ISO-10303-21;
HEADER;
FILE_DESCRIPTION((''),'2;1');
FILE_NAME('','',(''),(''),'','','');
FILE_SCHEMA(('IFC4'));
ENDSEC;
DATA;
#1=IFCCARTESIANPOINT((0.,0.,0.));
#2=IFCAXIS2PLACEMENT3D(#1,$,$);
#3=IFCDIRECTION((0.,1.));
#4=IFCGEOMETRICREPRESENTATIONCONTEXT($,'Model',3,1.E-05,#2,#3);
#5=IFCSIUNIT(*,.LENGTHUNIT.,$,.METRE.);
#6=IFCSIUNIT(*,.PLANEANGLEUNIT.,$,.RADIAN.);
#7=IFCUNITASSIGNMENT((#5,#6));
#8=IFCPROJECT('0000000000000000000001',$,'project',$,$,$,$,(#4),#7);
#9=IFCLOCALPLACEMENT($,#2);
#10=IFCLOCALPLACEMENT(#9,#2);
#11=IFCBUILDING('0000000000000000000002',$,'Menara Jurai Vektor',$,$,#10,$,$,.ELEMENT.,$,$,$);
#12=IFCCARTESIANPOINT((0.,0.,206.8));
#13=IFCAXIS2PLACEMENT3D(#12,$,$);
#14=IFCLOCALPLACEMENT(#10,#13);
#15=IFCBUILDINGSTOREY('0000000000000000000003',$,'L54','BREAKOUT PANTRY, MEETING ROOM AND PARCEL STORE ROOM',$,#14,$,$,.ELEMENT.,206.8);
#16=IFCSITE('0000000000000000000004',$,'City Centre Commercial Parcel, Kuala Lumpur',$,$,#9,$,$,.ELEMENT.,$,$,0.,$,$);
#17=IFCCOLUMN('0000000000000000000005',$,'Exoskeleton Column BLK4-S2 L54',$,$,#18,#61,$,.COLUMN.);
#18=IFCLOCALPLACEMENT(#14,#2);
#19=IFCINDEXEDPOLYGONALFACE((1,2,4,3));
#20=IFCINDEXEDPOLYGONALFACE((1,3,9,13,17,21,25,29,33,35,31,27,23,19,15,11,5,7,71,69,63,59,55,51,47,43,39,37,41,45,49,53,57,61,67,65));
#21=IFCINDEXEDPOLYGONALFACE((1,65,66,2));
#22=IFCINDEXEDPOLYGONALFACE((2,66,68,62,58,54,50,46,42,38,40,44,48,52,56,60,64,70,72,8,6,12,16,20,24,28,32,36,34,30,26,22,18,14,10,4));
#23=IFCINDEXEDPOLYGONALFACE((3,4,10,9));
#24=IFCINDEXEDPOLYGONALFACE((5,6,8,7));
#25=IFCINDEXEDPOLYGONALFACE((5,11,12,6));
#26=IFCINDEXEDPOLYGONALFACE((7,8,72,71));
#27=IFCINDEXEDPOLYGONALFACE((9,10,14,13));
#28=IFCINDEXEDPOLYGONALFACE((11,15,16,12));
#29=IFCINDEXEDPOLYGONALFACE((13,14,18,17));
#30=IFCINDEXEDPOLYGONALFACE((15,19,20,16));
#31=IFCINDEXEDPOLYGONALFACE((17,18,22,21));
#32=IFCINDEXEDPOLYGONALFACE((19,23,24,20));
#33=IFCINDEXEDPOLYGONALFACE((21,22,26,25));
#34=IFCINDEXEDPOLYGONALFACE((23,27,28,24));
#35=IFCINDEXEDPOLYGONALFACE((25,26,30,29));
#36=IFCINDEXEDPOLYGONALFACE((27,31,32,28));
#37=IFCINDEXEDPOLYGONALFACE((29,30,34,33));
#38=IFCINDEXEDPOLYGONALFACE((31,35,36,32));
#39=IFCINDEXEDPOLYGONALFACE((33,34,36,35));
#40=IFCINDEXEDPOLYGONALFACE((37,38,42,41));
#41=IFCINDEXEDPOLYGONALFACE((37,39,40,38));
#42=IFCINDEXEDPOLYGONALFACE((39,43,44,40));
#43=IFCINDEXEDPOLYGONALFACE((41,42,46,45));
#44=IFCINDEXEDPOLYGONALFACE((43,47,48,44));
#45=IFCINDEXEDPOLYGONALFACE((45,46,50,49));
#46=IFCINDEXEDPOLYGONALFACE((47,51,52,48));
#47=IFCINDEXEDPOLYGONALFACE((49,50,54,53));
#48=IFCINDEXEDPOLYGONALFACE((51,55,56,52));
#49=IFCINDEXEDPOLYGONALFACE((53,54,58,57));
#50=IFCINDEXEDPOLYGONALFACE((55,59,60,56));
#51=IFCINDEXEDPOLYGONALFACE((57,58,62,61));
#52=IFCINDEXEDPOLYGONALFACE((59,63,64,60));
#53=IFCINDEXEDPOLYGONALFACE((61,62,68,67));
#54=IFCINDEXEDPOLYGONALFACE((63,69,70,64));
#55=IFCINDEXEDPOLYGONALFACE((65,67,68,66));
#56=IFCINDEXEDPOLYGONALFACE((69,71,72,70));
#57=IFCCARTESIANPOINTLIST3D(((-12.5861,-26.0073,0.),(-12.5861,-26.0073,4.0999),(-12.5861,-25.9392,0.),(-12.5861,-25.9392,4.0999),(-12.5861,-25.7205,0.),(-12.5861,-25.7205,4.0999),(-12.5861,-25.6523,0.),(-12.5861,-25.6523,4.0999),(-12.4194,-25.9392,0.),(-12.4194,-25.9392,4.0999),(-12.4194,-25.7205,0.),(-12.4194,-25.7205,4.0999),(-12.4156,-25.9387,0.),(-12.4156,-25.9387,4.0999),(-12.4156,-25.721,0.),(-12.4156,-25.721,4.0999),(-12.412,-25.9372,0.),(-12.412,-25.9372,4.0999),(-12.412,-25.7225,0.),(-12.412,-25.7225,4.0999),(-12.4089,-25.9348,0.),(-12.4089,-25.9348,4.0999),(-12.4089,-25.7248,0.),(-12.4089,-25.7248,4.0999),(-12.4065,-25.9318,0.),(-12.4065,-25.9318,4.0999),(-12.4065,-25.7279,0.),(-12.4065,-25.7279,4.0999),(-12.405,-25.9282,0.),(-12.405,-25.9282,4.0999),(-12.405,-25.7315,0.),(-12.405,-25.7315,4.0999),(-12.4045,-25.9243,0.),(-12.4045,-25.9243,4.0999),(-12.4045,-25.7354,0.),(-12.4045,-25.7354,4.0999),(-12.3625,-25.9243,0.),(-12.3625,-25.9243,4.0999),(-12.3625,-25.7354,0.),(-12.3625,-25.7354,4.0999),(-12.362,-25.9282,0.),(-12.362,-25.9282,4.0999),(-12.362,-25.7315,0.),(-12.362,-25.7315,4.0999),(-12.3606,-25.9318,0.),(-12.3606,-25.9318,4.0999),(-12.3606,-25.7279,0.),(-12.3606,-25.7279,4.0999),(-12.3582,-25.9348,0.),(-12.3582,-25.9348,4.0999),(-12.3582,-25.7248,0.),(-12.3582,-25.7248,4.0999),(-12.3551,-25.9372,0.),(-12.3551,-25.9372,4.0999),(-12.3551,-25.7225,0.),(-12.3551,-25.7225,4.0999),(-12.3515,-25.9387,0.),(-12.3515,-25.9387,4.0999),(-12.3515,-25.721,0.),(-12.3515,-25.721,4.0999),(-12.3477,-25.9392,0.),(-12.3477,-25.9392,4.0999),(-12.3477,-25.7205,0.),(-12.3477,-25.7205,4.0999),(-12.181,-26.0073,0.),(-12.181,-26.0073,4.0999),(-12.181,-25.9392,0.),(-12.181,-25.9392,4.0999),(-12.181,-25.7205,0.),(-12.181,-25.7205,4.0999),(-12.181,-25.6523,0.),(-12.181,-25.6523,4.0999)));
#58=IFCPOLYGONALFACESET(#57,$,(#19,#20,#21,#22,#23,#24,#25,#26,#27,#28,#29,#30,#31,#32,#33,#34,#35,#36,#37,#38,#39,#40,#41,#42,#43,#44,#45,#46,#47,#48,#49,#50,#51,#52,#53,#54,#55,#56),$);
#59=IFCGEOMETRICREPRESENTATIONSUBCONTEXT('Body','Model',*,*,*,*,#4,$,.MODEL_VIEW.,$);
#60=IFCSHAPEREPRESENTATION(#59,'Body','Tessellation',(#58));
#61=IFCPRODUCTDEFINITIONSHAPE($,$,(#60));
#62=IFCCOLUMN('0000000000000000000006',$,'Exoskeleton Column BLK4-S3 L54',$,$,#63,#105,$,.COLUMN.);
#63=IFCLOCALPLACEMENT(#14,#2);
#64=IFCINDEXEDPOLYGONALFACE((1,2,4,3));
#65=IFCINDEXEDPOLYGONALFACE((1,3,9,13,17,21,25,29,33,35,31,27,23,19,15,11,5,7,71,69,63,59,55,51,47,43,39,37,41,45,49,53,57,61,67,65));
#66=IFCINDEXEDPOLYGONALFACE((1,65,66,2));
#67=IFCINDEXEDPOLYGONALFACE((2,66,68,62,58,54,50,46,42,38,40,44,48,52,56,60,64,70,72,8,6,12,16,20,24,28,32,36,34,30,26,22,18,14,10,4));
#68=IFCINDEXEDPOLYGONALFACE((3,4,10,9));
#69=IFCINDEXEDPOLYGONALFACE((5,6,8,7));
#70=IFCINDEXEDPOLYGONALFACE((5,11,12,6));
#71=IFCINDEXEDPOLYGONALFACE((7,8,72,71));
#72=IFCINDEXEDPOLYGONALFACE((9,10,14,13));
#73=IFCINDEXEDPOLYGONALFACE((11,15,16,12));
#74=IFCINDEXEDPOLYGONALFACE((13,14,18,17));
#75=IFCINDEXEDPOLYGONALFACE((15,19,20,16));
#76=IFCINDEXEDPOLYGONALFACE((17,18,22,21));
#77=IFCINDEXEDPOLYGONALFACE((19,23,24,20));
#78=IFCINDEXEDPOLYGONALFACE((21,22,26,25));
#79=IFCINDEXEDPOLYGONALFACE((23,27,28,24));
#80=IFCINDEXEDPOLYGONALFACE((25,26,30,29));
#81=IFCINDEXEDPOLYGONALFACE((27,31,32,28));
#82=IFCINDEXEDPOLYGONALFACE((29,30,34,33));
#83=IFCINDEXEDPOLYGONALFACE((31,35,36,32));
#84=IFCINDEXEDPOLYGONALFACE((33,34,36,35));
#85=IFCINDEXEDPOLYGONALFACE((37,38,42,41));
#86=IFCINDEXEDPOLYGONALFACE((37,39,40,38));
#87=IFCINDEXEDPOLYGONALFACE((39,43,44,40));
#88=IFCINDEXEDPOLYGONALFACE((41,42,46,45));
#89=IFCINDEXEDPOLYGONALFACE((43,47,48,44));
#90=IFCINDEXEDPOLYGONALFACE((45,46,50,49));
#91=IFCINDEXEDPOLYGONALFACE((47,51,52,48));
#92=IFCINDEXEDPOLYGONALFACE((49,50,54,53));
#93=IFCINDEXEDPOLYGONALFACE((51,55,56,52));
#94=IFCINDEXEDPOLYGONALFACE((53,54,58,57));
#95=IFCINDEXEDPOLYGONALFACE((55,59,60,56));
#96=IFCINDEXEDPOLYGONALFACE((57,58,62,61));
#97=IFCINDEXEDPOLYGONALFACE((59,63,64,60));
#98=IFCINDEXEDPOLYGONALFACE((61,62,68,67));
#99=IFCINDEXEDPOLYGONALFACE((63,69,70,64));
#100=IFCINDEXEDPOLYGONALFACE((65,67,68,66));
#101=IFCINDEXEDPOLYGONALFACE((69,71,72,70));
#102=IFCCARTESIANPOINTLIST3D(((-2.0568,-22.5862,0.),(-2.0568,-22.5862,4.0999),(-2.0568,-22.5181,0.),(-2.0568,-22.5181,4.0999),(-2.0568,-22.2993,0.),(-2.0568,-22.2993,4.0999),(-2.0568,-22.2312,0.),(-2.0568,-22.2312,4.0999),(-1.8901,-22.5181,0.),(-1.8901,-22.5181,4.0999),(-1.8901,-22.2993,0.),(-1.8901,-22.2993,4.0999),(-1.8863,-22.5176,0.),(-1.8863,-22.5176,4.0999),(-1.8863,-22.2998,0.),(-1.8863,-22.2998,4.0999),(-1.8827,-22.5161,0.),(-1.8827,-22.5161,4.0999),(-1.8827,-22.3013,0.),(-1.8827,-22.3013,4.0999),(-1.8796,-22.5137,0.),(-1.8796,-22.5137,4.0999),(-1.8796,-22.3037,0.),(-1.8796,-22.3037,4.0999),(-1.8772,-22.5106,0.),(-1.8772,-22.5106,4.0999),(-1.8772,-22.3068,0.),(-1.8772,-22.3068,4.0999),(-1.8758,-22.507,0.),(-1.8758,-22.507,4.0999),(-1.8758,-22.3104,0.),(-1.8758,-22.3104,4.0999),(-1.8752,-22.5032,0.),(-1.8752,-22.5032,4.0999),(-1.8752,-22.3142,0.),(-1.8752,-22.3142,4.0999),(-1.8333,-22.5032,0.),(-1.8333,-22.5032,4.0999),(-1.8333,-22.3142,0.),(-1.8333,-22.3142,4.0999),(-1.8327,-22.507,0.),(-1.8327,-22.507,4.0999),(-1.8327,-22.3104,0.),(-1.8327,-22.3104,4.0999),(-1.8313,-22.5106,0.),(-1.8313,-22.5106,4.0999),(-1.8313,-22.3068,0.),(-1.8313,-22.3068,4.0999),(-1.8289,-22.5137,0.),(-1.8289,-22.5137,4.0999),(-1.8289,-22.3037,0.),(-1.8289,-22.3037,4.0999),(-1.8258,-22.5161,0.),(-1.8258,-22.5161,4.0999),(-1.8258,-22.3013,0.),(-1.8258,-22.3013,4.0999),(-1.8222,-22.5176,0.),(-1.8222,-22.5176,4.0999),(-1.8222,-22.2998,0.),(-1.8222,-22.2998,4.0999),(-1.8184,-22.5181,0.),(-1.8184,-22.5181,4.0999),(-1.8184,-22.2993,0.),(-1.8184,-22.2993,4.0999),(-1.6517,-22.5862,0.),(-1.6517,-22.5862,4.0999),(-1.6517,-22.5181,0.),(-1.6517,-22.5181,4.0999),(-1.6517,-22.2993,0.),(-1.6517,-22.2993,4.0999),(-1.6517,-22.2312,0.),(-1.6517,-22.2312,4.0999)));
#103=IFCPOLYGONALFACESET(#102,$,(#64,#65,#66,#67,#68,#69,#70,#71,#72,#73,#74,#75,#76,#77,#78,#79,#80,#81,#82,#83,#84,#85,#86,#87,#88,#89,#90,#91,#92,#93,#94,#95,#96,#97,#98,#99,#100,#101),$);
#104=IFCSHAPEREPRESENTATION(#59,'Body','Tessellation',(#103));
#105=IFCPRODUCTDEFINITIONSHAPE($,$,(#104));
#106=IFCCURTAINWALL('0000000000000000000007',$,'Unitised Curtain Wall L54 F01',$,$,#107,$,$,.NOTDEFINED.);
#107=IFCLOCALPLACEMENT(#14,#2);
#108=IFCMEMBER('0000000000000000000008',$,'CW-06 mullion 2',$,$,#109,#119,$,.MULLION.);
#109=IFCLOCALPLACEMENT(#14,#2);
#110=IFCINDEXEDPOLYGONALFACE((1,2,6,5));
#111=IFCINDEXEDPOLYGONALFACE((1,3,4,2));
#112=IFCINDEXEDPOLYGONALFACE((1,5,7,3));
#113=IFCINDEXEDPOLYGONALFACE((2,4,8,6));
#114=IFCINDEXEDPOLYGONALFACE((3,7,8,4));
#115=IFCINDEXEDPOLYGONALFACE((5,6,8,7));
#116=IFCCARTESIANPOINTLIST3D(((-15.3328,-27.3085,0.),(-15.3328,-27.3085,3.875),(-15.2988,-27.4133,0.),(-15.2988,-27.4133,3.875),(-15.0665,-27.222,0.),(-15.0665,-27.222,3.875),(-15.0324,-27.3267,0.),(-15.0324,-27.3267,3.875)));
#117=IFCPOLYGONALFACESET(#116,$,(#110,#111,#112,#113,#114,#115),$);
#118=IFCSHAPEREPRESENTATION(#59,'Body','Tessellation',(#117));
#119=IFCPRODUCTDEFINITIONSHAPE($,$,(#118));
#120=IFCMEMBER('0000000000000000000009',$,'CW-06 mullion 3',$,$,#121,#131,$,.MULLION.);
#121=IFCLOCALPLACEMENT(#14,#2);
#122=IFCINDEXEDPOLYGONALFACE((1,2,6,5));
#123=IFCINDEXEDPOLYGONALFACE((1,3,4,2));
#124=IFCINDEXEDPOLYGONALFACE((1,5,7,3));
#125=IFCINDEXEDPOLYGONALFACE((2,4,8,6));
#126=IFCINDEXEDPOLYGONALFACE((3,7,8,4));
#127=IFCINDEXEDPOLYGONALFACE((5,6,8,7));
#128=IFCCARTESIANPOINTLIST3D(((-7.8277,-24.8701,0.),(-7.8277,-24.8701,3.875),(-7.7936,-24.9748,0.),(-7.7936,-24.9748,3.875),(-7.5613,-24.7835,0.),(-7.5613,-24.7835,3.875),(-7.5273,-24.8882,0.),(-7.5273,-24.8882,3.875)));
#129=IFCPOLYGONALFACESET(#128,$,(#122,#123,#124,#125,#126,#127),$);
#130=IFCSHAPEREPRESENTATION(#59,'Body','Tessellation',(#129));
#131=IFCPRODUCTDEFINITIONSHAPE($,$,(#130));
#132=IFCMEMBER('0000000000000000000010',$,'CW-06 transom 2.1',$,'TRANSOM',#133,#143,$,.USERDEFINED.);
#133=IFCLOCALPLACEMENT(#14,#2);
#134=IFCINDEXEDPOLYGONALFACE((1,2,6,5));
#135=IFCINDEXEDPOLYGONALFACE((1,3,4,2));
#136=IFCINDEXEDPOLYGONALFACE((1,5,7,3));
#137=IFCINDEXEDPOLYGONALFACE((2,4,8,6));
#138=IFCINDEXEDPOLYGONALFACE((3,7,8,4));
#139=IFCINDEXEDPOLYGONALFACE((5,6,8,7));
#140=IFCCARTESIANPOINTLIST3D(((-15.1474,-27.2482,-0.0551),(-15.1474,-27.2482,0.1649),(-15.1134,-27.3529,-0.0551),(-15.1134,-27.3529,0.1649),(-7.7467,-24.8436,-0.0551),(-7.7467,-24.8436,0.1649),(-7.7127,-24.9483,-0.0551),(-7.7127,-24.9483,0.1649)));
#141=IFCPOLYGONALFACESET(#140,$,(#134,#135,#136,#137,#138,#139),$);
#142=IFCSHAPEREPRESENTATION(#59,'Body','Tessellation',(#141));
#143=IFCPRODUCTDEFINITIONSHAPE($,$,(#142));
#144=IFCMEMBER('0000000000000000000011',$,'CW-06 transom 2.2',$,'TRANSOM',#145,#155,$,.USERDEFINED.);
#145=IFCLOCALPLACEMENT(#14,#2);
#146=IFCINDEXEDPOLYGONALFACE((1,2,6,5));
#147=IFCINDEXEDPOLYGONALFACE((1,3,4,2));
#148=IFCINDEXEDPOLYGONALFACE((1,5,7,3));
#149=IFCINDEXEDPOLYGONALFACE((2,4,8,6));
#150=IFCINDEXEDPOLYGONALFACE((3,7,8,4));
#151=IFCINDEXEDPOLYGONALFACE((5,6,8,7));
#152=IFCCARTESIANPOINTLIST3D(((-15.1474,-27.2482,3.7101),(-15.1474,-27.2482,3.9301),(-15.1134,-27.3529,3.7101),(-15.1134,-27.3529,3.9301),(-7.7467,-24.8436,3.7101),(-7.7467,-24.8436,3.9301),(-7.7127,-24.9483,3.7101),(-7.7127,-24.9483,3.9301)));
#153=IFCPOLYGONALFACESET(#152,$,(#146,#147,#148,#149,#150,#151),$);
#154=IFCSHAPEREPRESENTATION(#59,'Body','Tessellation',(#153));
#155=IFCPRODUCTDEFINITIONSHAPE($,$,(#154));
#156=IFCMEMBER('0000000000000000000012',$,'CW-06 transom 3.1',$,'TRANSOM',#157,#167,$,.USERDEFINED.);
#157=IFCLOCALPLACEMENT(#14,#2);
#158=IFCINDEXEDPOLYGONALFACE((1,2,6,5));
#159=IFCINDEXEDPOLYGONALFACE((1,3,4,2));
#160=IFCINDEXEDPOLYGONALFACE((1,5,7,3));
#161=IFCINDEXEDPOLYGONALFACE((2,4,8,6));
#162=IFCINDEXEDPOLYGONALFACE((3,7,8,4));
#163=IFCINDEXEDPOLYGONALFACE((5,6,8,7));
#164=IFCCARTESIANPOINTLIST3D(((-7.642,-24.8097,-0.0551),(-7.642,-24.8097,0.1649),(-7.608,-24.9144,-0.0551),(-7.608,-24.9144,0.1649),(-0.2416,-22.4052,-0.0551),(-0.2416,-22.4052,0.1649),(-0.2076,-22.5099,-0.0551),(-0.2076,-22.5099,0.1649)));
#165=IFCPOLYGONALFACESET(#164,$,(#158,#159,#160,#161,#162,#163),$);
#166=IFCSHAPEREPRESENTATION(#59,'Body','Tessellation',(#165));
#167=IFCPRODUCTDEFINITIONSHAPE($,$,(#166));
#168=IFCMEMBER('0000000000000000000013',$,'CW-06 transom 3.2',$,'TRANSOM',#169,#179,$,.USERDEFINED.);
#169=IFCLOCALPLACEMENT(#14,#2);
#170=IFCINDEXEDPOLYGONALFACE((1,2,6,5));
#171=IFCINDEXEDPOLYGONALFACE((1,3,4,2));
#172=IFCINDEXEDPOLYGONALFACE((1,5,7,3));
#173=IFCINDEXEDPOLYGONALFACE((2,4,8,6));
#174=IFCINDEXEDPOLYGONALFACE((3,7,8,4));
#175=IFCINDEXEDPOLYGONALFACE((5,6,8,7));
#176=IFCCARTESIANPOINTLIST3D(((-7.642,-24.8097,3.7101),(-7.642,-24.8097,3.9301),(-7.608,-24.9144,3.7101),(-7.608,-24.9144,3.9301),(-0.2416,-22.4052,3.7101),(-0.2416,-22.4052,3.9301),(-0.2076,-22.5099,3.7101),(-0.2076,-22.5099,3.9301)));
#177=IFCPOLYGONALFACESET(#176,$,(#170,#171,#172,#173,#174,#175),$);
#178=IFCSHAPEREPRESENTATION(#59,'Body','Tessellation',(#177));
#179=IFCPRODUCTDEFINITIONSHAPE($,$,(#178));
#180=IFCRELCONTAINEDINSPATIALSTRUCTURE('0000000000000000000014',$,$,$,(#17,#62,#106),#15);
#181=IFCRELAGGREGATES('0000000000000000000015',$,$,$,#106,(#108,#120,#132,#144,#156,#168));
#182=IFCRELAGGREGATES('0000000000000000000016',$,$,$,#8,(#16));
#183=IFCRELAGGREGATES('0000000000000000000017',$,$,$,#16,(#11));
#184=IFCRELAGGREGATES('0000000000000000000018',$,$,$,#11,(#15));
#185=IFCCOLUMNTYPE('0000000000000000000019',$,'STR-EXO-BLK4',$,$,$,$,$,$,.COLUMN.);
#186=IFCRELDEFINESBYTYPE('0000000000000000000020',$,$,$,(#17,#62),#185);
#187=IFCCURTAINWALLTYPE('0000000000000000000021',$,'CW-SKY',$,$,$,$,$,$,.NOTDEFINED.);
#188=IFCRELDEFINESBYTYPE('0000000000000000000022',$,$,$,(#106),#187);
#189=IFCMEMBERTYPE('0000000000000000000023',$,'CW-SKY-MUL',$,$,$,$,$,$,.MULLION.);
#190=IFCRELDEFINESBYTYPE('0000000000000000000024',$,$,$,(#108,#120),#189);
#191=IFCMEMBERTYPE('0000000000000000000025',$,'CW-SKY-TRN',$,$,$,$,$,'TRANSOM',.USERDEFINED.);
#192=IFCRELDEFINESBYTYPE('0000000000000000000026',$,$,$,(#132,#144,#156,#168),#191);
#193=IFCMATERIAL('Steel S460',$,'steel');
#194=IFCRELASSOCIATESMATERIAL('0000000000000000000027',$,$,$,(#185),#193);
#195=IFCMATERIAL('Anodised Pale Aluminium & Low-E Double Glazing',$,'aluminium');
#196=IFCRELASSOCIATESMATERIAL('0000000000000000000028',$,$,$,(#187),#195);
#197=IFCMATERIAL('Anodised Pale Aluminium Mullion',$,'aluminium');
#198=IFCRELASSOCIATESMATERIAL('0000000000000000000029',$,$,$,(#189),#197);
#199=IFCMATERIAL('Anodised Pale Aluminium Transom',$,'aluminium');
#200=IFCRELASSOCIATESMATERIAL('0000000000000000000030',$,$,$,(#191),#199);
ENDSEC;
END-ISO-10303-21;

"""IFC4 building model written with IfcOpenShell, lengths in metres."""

from ifc_helpers import new_model, si_unit, direction, frame, origin, origin_2d, place, context, subcontext, project, spatial, rectangle, i_section, extrude, material, material_profile, profile_set, type_object, element, aggregate, save


model = new_model("IFC4")

# Units and contexts
model_context = context("Model", 3, precision=1e-05, world=origin(), true_north=direction((0.0, 1.0)))
body_context = subcontext(model_context, "Body", "Model", "MODEL_VIEW")
ifc_project = project(units=[si_unit("LENGTHUNIT", "METRE"), si_unit("PLANEANGLEUNIT", "RADIAN")], contexts=[model_context])

# Site, building, storey
site_placement = place(None, origin())
site = spatial("IfcSite", under=ifc_project, at=site_placement, Name="City Centre Commercial Parcel, Kuala Lumpur", CompositionType="ELEMENT", RefElevation=0.0)
building_placement = place(site_placement, origin())
building = spatial("IfcBuilding", under=site, at=building_placement, Name="Menara Jurai Vektor", CompositionType="ELEMENT")
storey_placement = place(building_placement, frame((0.0, 0.0, 206.8)))
storey = spatial("IfcBuildingStorey", under=building, at=storey_placement, Name="L54", Description="BREAKOUT PANTRY, MEETING ROOM AND PARCEL STORE ROOM", CompositionType="ELEMENT", Elevation=206.8)

# Columns
ifc_material_1 = material(Name="Steel S460", Category="steel")
ifc_material_profile_1 = material_profile(ifc_material_1, i_section(OverallWidth=0.405, OverallDepth=0.355, WebThickness=0.042, FlangeThickness=0.0681, FilletRadius=0.0149, at=origin_2d()), Name="HD 400x551")
ifc_profile_set_1 = profile_set([ifc_material_profile_1], Name="Steel S460")
column_type = type_object("IfcColumnType", Name="STR-EXO-BLK4", PredefinedType="COLUMN", material=ifc_profile_set_1)
for number, where, z_axis, x_axis, name in (
    (1, (-12.3835, -25.8298, 0.0), (0.0, 0.0, 1.0), (1.0, 0.0, 0.0), "Exoskeleton Column BLK4-S2 L54"),
    (2, (-1.8542, -22.4087, 0.0), (0.0, 0.0, 1.0), (1.0, 0.0, 0.0), "Exoskeleton Column BLK4-S3 L54"),
):
    element("IfcColumn", number, at=place(storey_placement, frame(where, z_axis=z_axis, x_axis=x_axis)), inside=storey, type_object=column_type, Name=name, PredefinedType="COLUMN", context=body_context, shape_type="SweptSolid", body=[
        extrude(i_section(OverallWidth=0.405, OverallDepth=0.355, WebThickness=0.042, FlangeThickness=0.0681, FilletRadius=0.0149, at=origin_2d()), origin(), (0.0, 0.0, 1.0), 4.0999),
    ])

# Curtain wall, members
ifc_material_2 = material(Name="Anodised Pale Aluminium & Low-E Double Glazing", Category="aluminium")
curtain_wall_type = type_object("IfcCurtainWallType", Name="CW-SKY", PredefinedType="NOTDEFINED", material=ifc_material_2)
curtain_wall_placement = place(storey_placement, origin())
curtain_wall = element("IfcCurtainWall", 3, at=curtain_wall_placement, inside=storey, type_object=curtain_wall_type, Name="Unitised Curtain Wall L54 F01", PredefinedType="NOTDEFINED")
ifc_material_3 = material(Name="Anodised Pale Aluminium Mullion", Category="aluminium")
ifc_material_profile_2 = material_profile(ifc_material_3, rectangle(XDim=0.1101, YDim=0.28, at=origin_2d()), Name="ALU MUL 110x280")
ifc_profile_set_2 = profile_set([ifc_material_profile_2], Name="Anodised Pale Aluminium Mullion")
member_type_1 = type_object("IfcMemberType", Name="CW-SKY-MUL", PredefinedType="MULLION", material=ifc_profile_set_2)
member_1_placement = place(storey_placement, frame((-15.1826, -27.3176, 0.0), z_axis=(0.0, 0.0, 1.0), x_axis=(-0.309017, 0.951056, 0.0)))
member_1 = element("IfcMember", 4, at=member_1_placement, type_object=member_type_1, Name="CW-06 mullion 2", PredefinedType="MULLION", context=body_context, shape_type="SweptSolid", body=[
    extrude(rectangle(XDim=0.1101, YDim=0.28, at=origin_2d()), origin(), (0.0, 0.0, 1.0), 3.875),
])
member_2_placement = place(storey_placement, frame((-7.6775, -24.8792, 0.0), z_axis=(0.0, 0.0, 1.0), x_axis=(-0.309017, 0.951056, 0.0)))
member_2 = element("IfcMember", 5, at=member_2_placement, type_object=member_type_1, Name="CW-06 mullion 3", PredefinedType="MULLION", context=body_context, shape_type="SweptSolid", body=[
    extrude(rectangle(XDim=0.1101, YDim=0.28, at=origin_2d()), origin(), (0.0, 0.0, 1.0), 3.875),
])
ifc_material_4 = material(Name="Anodised Pale Aluminium Transom", Category="aluminium")
ifc_material_profile_3 = material_profile(ifc_material_4, rectangle(XDim=0.1101, YDim=0.22, at=origin_2d()), Name="ALU TRN 110x220")
ifc_profile_set_3 = profile_set([ifc_material_profile_3], Name="Anodised Pale Aluminium Transom")
member_type_2 = type_object("IfcMemberType", Name="CW-SKY-TRN", ElementType="TRANSOM", PredefinedType="USERDEFINED", material=ifc_profile_set_3)
member_3_placement = place(storey_placement, frame((-15.1304, -27.3005, 0.0549), z_axis=(0.951059, 0.309009, 0.0), x_axis=(-0.309009, 0.951059, 0.0)))
member_3 = element("IfcMember", 6, at=member_3_placement, type_object=member_type_2, Name="CW-06 transom 2.1", ObjectType="TRANSOM", PredefinedType="USERDEFINED", context=body_context, shape_type="SweptSolid", body=[
    extrude(rectangle(XDim=0.1101, YDim=0.22, at=origin_2d()), origin(), (0.0, 0.0, 1.0), 7.7815),
])
member_4_placement = place(storey_placement, frame((-15.1304, -27.3005, 3.8201), z_axis=(0.951059, 0.309009, 0.0), x_axis=(-0.309009, 0.951059, 0.0)))
member_4 = element("IfcMember", 7, at=member_4_placement, type_object=member_type_2, Name="CW-06 transom 2.2", ObjectType="TRANSOM", PredefinedType="USERDEFINED", context=body_context, shape_type="SweptSolid", body=[
    extrude(rectangle(XDim=0.1101, YDim=0.22, at=origin_2d()), origin(), (0.0, 0.0, 1.0), 7.7815),
])
member_5_placement = place(storey_placement, frame((-7.625, -24.8621, 0.0549), z_axis=(0.951056, 0.309018, 0.0), x_axis=(-0.309018, 0.951056, 0.0)))
member_5 = element("IfcMember", 8, at=member_5_placement, type_object=member_type_2, Name="CW-06 transom 3.1", ObjectType="TRANSOM", PredefinedType="USERDEFINED", context=body_context, shape_type="SweptSolid", body=[
    extrude(rectangle(XDim=0.1101, YDim=0.22, at=origin_2d()), origin(), (0.0, 0.0, 1.0), 7.7812),
])
member_6_placement = place(storey_placement, frame((-7.625, -24.8621, 3.8201), z_axis=(0.951056, 0.309018, 0.0), x_axis=(-0.309018, 0.951056, 0.0)))
member_6 = element("IfcMember", 9, at=member_6_placement, type_object=member_type_2, Name="CW-06 transom 3.2", ObjectType="TRANSOM", PredefinedType="USERDEFINED", context=body_context, shape_type="SweptSolid", body=[
    extrude(rectangle(XDim=0.1101, YDim=0.22, at=origin_2d()), origin(), (0.0, 0.0, 1.0), 7.7812),
])

aggregate(curtain_wall, [member_1, member_2, member_3, member_4, member_5, member_6])

save(model, "model.ifc")
